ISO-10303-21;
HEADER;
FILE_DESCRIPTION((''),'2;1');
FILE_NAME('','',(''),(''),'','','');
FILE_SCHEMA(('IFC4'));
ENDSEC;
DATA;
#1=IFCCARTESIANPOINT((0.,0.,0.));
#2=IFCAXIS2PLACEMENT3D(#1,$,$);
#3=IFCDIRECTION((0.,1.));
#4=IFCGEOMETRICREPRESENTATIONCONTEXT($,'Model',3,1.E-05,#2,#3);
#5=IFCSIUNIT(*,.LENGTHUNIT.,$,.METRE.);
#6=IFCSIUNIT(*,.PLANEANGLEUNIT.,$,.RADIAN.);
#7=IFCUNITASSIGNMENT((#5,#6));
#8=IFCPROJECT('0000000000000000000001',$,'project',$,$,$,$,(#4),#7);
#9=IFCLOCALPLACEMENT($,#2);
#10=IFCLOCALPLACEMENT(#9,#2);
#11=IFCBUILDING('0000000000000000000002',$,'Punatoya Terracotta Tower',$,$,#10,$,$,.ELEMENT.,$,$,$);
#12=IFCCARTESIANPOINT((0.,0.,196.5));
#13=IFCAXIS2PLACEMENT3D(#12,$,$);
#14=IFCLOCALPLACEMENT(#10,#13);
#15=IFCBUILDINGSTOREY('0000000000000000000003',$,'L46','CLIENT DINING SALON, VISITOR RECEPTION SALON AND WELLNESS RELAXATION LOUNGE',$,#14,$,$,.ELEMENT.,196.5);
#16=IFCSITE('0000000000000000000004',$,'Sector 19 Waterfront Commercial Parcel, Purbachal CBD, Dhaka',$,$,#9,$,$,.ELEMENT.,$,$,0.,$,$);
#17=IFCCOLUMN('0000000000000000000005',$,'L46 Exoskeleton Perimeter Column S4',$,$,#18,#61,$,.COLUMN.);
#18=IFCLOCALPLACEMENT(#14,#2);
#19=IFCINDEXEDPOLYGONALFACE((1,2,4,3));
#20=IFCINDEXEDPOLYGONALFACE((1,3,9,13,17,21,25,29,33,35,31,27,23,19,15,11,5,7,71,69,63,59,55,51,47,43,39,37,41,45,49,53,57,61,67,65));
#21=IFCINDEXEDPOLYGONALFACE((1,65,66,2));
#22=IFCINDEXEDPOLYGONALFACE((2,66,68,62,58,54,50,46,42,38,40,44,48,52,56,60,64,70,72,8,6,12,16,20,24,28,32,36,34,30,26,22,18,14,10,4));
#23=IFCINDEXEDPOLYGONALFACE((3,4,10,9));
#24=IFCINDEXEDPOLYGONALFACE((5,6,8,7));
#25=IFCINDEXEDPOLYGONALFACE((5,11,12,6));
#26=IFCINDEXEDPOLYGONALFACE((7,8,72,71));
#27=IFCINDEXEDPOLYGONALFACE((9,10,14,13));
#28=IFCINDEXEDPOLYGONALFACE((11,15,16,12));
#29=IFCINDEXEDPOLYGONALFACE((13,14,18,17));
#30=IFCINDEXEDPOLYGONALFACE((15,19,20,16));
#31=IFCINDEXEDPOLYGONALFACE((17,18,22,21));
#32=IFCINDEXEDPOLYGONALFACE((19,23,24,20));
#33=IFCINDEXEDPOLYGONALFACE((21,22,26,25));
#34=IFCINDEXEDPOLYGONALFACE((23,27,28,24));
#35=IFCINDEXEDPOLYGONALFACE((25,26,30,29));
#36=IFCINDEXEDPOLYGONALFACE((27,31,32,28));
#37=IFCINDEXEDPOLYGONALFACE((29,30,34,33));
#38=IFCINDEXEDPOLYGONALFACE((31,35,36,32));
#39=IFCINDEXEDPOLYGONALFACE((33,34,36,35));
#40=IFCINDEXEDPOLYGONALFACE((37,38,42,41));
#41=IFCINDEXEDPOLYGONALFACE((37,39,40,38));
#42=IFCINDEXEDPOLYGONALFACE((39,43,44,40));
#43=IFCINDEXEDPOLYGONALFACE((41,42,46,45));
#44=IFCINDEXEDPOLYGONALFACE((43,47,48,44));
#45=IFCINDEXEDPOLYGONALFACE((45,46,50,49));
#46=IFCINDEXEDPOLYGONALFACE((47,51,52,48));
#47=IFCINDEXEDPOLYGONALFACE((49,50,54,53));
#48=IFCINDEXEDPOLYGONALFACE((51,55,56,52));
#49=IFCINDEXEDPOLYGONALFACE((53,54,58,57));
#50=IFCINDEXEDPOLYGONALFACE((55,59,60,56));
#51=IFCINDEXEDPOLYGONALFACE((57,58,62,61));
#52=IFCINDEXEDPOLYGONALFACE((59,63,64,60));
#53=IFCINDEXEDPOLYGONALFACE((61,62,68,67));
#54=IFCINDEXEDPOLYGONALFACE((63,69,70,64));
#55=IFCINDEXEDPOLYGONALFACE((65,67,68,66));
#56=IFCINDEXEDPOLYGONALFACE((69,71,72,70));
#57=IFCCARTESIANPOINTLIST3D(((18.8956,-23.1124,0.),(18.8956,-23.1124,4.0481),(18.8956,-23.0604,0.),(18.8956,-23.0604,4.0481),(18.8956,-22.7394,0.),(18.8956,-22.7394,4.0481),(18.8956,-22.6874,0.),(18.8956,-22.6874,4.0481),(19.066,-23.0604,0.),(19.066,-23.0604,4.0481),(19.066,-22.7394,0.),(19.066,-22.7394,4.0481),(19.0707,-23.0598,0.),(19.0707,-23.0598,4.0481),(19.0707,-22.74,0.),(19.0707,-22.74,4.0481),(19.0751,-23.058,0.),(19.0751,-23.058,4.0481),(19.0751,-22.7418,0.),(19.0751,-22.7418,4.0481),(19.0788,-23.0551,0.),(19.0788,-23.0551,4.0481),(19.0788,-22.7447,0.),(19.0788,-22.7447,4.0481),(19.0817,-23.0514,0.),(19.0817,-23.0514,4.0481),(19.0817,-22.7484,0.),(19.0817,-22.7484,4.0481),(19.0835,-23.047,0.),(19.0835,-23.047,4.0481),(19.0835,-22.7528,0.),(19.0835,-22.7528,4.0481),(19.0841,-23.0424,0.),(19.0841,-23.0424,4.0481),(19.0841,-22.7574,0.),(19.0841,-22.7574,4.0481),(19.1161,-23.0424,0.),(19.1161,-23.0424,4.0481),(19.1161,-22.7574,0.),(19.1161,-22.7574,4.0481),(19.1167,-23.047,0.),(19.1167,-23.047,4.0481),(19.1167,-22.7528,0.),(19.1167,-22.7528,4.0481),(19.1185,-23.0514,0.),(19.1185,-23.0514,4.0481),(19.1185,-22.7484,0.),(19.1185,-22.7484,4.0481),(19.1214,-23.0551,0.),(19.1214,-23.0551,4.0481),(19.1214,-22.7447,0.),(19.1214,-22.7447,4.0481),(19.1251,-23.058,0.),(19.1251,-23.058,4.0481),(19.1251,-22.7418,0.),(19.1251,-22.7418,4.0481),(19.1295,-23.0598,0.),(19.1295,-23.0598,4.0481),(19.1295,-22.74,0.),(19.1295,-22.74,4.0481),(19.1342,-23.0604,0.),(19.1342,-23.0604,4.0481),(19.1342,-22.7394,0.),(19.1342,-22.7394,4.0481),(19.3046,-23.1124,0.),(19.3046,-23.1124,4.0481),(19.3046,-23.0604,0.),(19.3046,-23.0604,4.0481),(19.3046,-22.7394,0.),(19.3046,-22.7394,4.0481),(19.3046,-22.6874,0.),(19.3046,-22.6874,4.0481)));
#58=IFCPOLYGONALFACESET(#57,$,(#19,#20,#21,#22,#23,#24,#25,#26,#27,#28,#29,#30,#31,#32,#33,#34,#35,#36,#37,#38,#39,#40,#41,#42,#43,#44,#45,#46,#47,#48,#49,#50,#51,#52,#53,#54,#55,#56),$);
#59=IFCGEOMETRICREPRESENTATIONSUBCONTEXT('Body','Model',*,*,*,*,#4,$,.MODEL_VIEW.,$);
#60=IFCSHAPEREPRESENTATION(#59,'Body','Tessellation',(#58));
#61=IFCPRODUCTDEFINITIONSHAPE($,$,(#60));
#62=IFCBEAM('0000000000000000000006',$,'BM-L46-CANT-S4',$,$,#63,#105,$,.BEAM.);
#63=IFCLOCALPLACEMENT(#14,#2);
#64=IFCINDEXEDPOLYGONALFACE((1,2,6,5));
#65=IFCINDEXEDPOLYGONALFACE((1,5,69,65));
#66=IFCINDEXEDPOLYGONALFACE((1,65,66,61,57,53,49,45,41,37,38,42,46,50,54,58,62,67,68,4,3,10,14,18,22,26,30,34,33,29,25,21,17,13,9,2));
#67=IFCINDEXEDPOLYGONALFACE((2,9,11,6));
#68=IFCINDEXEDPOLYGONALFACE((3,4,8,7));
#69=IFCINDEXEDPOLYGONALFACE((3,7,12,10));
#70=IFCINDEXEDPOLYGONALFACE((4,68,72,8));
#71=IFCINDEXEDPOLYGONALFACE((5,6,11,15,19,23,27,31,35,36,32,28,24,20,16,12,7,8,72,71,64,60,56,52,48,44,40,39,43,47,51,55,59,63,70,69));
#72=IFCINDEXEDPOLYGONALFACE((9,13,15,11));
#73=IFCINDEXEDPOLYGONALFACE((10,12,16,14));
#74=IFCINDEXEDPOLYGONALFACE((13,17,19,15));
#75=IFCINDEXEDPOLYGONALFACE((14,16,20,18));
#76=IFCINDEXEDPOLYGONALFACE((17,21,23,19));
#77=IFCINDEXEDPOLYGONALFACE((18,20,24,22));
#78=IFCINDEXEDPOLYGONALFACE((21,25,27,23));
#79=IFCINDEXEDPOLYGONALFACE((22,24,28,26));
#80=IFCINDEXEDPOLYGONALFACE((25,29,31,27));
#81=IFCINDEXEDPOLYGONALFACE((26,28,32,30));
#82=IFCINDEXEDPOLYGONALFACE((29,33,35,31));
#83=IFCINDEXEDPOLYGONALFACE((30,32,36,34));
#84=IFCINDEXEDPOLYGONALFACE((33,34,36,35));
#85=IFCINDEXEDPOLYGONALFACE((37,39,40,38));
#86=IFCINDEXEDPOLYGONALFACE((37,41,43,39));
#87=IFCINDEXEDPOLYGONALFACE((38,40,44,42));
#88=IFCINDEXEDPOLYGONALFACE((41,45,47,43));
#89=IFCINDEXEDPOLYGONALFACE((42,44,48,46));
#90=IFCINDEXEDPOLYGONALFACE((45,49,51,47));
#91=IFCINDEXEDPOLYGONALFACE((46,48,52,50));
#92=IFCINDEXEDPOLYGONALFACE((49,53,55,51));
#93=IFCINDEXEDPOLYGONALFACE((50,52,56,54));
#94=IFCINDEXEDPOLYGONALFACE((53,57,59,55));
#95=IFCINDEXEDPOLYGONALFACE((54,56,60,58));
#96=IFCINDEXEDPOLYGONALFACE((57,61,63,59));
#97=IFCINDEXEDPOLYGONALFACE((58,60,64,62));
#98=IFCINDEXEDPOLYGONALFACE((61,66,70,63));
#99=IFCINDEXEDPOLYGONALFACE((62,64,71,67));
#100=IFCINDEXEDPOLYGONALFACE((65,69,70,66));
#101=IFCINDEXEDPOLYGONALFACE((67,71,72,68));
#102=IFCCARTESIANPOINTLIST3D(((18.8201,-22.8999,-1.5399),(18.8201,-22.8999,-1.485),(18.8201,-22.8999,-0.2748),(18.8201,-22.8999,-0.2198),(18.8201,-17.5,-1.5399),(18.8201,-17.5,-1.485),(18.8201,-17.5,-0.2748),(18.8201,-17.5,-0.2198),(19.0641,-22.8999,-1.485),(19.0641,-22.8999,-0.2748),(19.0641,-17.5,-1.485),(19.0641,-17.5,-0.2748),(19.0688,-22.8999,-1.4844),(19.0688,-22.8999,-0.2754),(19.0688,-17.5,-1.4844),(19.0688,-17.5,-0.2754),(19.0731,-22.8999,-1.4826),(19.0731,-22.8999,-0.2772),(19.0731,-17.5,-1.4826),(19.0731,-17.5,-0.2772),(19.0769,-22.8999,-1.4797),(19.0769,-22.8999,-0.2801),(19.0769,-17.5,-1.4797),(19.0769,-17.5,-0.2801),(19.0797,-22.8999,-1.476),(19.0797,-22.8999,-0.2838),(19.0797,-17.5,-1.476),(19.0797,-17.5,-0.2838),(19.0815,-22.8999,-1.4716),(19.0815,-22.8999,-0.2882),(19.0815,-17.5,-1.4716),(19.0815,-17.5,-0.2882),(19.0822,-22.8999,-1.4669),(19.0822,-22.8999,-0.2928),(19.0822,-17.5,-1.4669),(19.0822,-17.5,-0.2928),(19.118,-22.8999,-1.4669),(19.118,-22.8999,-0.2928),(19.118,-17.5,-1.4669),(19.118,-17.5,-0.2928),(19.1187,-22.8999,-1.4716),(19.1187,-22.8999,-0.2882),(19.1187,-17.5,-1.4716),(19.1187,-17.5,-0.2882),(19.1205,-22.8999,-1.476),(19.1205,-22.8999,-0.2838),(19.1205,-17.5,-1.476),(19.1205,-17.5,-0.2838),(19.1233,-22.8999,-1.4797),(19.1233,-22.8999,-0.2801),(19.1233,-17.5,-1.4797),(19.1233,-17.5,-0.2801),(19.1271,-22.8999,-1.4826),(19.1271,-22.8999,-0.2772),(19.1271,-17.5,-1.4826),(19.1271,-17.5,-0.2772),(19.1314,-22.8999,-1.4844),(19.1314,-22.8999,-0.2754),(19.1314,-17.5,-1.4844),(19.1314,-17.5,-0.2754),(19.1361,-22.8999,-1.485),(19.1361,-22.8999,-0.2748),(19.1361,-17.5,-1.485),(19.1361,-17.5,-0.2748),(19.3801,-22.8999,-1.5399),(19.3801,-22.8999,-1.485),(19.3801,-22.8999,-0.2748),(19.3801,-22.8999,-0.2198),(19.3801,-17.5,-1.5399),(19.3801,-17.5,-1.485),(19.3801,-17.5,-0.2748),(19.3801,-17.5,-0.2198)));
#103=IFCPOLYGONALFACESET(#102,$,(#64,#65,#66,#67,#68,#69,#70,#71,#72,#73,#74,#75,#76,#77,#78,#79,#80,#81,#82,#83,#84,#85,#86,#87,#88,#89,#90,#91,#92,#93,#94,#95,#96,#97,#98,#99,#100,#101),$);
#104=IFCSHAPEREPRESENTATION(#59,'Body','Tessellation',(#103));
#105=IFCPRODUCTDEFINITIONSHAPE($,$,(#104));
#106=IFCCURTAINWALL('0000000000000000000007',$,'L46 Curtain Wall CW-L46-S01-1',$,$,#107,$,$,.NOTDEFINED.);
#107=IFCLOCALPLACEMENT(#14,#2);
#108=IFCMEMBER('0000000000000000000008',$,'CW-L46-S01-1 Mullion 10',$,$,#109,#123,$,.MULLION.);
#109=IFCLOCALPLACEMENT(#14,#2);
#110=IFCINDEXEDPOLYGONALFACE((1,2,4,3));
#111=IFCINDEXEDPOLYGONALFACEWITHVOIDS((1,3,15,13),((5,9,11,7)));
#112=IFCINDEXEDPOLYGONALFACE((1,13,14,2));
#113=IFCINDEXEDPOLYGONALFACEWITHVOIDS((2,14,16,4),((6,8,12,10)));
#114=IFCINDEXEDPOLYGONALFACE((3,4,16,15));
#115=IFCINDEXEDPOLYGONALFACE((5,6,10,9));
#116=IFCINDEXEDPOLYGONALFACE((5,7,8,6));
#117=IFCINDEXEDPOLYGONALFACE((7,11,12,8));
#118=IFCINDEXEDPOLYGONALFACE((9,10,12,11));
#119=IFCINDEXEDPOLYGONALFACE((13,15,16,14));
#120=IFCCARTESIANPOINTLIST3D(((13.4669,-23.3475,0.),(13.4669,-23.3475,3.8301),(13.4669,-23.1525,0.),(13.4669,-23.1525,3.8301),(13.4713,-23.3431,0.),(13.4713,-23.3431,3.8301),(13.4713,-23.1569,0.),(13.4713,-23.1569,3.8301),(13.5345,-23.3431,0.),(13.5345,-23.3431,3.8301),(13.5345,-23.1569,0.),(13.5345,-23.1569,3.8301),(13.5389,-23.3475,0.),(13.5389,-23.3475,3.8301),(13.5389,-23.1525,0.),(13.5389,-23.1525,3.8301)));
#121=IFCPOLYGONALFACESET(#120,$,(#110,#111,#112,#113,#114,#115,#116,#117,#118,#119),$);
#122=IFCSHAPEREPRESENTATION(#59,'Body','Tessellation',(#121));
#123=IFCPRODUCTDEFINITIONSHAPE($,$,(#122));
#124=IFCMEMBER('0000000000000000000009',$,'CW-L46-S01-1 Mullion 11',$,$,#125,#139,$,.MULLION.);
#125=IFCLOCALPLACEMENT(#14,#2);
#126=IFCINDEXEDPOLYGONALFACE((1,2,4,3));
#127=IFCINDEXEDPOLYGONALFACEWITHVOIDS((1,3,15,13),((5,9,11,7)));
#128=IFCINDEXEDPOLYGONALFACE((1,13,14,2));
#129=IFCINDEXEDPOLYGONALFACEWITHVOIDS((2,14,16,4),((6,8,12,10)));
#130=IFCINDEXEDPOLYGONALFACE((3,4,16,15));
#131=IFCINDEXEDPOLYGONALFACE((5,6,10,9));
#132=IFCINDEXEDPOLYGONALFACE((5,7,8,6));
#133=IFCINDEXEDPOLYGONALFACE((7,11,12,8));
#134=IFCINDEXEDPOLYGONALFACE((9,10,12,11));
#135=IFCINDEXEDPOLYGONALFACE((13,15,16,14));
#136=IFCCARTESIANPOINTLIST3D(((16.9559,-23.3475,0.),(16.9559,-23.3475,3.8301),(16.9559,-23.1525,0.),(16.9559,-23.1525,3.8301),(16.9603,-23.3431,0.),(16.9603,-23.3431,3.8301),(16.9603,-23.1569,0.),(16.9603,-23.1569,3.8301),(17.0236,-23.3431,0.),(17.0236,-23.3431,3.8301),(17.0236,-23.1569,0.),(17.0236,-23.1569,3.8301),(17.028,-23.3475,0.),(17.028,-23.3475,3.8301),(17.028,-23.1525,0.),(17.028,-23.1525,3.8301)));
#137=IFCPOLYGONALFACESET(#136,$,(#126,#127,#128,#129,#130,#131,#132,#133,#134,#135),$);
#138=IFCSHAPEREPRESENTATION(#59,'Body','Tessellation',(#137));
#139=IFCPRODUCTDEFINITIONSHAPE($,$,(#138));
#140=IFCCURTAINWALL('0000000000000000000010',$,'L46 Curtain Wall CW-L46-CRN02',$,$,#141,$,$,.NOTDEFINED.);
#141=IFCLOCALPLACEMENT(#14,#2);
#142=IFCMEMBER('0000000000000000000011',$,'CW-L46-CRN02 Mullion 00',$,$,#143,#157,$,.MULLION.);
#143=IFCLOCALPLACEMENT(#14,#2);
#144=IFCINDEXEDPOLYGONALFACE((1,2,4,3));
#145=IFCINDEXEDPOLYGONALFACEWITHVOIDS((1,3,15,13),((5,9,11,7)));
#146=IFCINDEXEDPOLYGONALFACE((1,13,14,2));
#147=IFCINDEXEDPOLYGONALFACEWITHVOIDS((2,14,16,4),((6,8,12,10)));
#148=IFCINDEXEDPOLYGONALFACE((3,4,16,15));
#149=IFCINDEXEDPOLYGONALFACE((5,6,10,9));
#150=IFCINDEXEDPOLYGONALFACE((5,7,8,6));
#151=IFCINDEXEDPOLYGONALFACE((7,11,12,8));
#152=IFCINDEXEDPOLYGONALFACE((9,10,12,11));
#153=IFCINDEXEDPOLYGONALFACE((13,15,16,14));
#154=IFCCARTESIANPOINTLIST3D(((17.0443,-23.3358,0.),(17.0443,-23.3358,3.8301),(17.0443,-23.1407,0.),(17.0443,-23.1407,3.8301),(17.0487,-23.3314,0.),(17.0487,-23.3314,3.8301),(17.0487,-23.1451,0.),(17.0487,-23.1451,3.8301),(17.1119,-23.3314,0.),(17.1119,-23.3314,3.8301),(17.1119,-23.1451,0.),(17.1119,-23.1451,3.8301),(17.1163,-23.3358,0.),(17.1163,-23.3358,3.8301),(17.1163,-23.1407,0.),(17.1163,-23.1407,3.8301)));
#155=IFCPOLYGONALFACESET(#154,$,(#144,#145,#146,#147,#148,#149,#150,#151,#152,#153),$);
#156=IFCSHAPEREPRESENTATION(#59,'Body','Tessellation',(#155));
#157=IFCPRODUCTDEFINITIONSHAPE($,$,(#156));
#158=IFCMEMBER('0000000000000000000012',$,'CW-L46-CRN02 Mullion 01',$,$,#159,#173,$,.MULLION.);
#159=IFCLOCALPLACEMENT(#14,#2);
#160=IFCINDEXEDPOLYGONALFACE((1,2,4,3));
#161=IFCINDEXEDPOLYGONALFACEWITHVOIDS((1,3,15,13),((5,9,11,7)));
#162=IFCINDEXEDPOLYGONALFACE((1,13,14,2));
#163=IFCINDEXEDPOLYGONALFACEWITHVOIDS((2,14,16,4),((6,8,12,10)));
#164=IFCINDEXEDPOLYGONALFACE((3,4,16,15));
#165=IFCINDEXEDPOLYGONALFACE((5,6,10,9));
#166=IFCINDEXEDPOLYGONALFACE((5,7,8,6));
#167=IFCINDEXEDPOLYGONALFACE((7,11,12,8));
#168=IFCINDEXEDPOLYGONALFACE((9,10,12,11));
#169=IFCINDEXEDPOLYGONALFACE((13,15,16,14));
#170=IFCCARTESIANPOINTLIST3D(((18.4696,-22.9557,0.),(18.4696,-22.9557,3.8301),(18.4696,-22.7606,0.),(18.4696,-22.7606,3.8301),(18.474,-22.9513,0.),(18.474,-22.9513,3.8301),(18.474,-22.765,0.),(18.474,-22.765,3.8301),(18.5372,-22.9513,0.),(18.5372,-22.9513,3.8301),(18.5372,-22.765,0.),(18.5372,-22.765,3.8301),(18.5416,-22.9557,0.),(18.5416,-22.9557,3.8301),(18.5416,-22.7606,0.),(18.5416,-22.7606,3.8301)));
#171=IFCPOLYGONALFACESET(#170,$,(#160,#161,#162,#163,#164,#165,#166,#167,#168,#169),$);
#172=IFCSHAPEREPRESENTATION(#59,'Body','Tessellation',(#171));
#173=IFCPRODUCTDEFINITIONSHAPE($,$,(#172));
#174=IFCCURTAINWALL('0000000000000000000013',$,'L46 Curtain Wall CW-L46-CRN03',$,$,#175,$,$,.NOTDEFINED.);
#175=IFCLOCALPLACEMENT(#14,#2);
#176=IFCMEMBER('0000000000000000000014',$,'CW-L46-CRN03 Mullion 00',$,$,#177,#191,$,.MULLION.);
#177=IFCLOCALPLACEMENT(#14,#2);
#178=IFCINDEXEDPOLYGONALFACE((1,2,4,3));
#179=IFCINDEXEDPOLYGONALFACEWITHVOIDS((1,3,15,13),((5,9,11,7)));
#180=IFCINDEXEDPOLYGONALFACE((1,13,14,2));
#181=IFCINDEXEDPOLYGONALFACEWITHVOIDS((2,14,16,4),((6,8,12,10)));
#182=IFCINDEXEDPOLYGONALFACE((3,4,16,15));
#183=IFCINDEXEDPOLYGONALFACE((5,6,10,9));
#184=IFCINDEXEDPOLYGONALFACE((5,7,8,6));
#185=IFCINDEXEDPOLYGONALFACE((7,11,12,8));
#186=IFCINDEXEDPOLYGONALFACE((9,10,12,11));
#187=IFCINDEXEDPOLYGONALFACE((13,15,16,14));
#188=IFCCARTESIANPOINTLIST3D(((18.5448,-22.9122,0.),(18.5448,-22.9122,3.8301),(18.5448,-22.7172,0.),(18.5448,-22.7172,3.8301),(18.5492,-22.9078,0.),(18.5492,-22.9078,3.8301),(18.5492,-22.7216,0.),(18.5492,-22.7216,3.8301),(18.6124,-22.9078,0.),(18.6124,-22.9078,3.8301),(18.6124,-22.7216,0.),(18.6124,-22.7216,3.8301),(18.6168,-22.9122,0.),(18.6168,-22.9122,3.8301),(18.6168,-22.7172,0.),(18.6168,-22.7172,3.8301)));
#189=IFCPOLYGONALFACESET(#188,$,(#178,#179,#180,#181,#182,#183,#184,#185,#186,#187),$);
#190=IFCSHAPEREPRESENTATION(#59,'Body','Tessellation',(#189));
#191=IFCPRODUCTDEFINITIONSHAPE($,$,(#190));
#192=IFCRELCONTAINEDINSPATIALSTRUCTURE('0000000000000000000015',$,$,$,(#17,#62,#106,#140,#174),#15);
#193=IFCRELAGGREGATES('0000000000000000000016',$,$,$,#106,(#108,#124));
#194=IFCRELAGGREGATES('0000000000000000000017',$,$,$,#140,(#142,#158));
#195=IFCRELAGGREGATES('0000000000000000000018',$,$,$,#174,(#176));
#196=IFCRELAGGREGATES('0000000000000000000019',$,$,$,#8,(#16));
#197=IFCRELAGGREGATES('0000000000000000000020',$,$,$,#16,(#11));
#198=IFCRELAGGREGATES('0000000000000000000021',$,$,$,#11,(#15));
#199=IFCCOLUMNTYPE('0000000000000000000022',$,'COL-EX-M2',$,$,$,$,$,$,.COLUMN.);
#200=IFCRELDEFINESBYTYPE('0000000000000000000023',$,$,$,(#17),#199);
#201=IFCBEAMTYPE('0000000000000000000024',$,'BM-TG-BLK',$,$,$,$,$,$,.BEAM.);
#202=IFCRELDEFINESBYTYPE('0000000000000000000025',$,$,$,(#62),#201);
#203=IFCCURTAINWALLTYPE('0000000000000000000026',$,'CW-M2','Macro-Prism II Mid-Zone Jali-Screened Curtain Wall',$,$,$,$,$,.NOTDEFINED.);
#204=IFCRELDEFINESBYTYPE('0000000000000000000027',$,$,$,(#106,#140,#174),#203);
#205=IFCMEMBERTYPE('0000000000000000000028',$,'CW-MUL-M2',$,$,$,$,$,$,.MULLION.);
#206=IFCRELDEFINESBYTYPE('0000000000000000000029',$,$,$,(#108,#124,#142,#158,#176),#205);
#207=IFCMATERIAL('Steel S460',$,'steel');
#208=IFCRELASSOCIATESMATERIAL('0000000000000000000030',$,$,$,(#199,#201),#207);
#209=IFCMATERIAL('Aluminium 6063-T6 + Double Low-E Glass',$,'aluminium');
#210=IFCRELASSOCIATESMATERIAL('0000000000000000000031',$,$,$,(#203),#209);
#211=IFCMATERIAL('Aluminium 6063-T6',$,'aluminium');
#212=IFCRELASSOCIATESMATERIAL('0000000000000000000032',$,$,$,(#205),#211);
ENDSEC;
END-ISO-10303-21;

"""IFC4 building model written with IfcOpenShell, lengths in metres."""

from ifc_helpers import new_model, si_unit, direction, frame, origin, origin_2d, place, context, subcontext, project, spatial, hollow_rectangle, i_section, extrude, material, material_profile, profile_set, type_object, element, aggregate, save


model = new_model("IFC4")

# Units and contexts
model_context = context("Model", 3, precision=1e-05, world=origin(), true_north=direction((0.0, 1.0)))
body_context = subcontext(model_context, "Body", "Model", "MODEL_VIEW")
ifc_project = project(units=[si_unit("LENGTHUNIT", "METRE"), si_unit("PLANEANGLEUNIT", "RADIAN")], contexts=[model_context])

# Site, building, storey
site_placement = place(None, origin())
site = spatial("IfcSite", under=ifc_project, at=site_placement, Name="Sector 19 Waterfront Commercial Parcel, Purbachal CBD, Dhaka", CompositionType="ELEMENT", RefElevation=0.0)
building_placement = place(site_placement, origin())
building = spatial("IfcBuilding", under=site, at=building_placement, Name="Punatoya Terracotta Tower", CompositionType="ELEMENT")
storey_placement = place(building_placement, frame((0.0, 0.0, 196.5)))
storey = spatial("IfcBuildingStorey", under=building, at=storey_placement, Name="L46", Description="CLIENT DINING SALON, VISITOR RECEPTION SALON AND WELLNESS RELAXATION LOUNGE", CompositionType="ELEMENT", Elevation=196.5)

# Column
ifc_material_1 = material(Name="Steel S460", Category="steel")
ifc_material_profile_1 = material_profile(ifc_material_1, i_section(OverallWidth=0.4089, OverallDepth=0.425, WebThickness=0.032, FlangeThickness=0.052, FilletRadius=0.0181, at=origin_2d()))
ifc_profile_set_1 = profile_set([ifc_material_profile_1], Name="Steel S460")
column_type = type_object("IfcColumnType", Name="COL-EX-M2", PredefinedType="COLUMN", material=ifc_profile_set_1)
column_placement = place(storey_placement, frame((19.1001, -22.8999, 0.0), z_axis=(0.0, 0.0, 1.0), x_axis=(1.0, 0.0, 0.0)))
element("IfcColumn", 1, at=column_placement, inside=storey, type_object=column_type, Name="L46 Exoskeleton Perimeter Column S4", PredefinedType="COLUMN", context=body_context, shape_type="SweptSolid", body=[
    extrude(i_section(OverallWidth=0.4089, OverallDepth=0.425, WebThickness=0.032, FlangeThickness=0.052, FilletRadius=0.0181, at=origin_2d()), origin(), (0.0, 0.0, 1.0), 4.0481),
])

# Beam
ifc_material_profile_2 = material_profile(ifc_material_1, i_section(OverallWidth=0.5601, OverallDepth=1.3201, WebThickness=0.0359, FlangeThickness=0.0549, FilletRadius=0.0181, at=origin_2d()))
ifc_profile_set_2 = profile_set([ifc_material_profile_2], Name="Steel S460")
beam_type = type_object("IfcBeamType", Name="BM-TG-BLK", PredefinedType="BEAM", material=ifc_profile_set_2)
beam_placement = place(storey_placement, frame((19.1001, -22.8999, -0.8799), z_axis=(0.0, 1.0, 0.0), x_axis=(-1.0, 0.0, 0.0)))
element("IfcBeam", 2, at=beam_placement, inside=storey, type_object=beam_type, Name="BM-L46-CANT-S4", PredefinedType="BEAM", context=body_context, shape_type="SweptSolid", body=[
    extrude(i_section(OverallWidth=0.5601, OverallDepth=1.3201, WebThickness=0.0359, FlangeThickness=0.0549, FilletRadius=0.0181, at=origin_2d()), origin(), (0.0, 0.0, 1.0), 5.3999),
])

# Curtain walls, members
ifc_material_2 = material(Name="Aluminium 6063-T6 + Double Low-E Glass", Category="aluminium")
curtain_wall_type = type_object("IfcCurtainWallType", Name="CW-M2", Description="Macro-Prism II Mid-Zone Jali-Screened Curtain Wall", PredefinedType="NOTDEFINED", material=ifc_material_2)
curtain_wall_1_placement = place(storey_placement, origin())
curtain_wall_1 = element("IfcCurtainWall", 3, at=curtain_wall_1_placement, inside=storey, type_object=curtain_wall_type, Name="L46 Curtain Wall CW-L46-S01-1", PredefinedType="NOTDEFINED")
ifc_material_3 = material(Name="Aluminium 6063-T6", Category="aluminium")
ifc_material_profile_3 = material_profile(ifc_material_3, hollow_rectangle(XDim=0.072, YDim=0.1951, WallThickness=0.0044, at=origin_2d()))
ifc_profile_set_3 = profile_set([ifc_material_profile_3], Name="Aluminium 6063-T6")
member_type_1 = type_object("IfcMemberType", Name="CW-MUL-M2", PredefinedType="MULLION", material=ifc_profile_set_3)
member_1_placement = place(storey_placement, frame((13.5029, -23.25, 0.0), z_axis=(0.0, 0.0, 1.0), x_axis=(1.0, 0.0, 0.0)))
member_1 = element("IfcMember", 4, at=member_1_placement, type_object=member_type_1, Name="CW-L46-S01-1 Mullion 10", PredefinedType="MULLION", context=body_context, shape_type="SweptSolid", body=[
    extrude(hollow_rectangle(XDim=0.072, YDim=0.1951, WallThickness=0.0044, at=origin_2d()), origin(), (0.0, 0.0, 1.0), 3.8301),
])
member_2_placement = place(storey_placement, frame((16.9919, -23.25, 0.0), z_axis=(0.0, 0.0, 1.0), x_axis=(1.0, 0.0, 0.0)))
member_2 = element("IfcMember", 5, at=member_2_placement, type_object=member_type_1, Name="CW-L46-S01-1 Mullion 11", PredefinedType="MULLION", context=body_context, shape_type="SweptSolid", body=[
    extrude(hollow_rectangle(XDim=0.072, YDim=0.1951, WallThickness=0.0044, at=origin_2d()), origin(), (0.0, 0.0, 1.0), 3.8301),
])
curtain_wall_2_placement = place(storey_placement, origin())
curtain_wall_2 = element("IfcCurtainWall", 6, at=curtain_wall_2_placement, inside=storey, type_object=curtain_wall_type, Name="L46 Curtain Wall CW-L46-CRN02", PredefinedType="NOTDEFINED")
member_3_placement = place(storey_placement, frame((17.0803, -23.2383, 0.0), z_axis=(0.0, 0.0, 1.0), x_axis=(1.0, 0.0, 0.0)))
member_3 = element("IfcMember", 7, at=member_3_placement, type_object=member_type_1, Name="CW-L46-CRN02 Mullion 00", PredefinedType="MULLION", context=body_context, shape_type="SweptSolid", body=[
    extrude(hollow_rectangle(XDim=0.072, YDim=0.1951, WallThickness=0.0044, at=origin_2d()), origin(), (0.0, 0.0, 1.0), 3.8301),
])
member_4_placement = place(storey_placement, frame((18.5056, -22.8582, 0.0), z_axis=(0.0, 0.0, 1.0), x_axis=(1.0, 0.0, 0.0)))
member_4 = element("IfcMember", 8, at=member_4_placement, type_object=member_type_1, Name="CW-L46-CRN02 Mullion 01", PredefinedType="MULLION", context=body_context, shape_type="SweptSolid", body=[
    extrude(hollow_rectangle(XDim=0.072, YDim=0.1951, WallThickness=0.0044, at=origin_2d()), origin(), (0.0, 0.0, 1.0), 3.8301),
])
curtain_wall_3_placement = place(storey_placement, origin())
curtain_wall_3 = element("IfcCurtainWall", 9, at=curtain_wall_3_placement, inside=storey, type_object=curtain_wall_type, Name="L46 Curtain Wall CW-L46-CRN03", PredefinedType="NOTDEFINED")
member_5_placement = place(storey_placement, frame((18.5808, -22.8147, 0.0), z_axis=(0.0, 0.0, 1.0), x_axis=(1.0, 0.0, 0.0)))
member_5 = element("IfcMember", 10, at=member_5_placement, type_object=member_type_1, Name="CW-L46-CRN03 Mullion 00", PredefinedType="MULLION", context=body_context, shape_type="SweptSolid", body=[
    extrude(hollow_rectangle(XDim=0.072, YDim=0.1951, WallThickness=0.0044, at=origin_2d()), origin(), (0.0, 0.0, 1.0), 3.8301),
])

aggregate(curtain_wall_1, [member_1, member_2])
aggregate(curtain_wall_2, [member_3, member_4])
aggregate(curtain_wall_3, [member_5])

save(model, "model.ifc")
